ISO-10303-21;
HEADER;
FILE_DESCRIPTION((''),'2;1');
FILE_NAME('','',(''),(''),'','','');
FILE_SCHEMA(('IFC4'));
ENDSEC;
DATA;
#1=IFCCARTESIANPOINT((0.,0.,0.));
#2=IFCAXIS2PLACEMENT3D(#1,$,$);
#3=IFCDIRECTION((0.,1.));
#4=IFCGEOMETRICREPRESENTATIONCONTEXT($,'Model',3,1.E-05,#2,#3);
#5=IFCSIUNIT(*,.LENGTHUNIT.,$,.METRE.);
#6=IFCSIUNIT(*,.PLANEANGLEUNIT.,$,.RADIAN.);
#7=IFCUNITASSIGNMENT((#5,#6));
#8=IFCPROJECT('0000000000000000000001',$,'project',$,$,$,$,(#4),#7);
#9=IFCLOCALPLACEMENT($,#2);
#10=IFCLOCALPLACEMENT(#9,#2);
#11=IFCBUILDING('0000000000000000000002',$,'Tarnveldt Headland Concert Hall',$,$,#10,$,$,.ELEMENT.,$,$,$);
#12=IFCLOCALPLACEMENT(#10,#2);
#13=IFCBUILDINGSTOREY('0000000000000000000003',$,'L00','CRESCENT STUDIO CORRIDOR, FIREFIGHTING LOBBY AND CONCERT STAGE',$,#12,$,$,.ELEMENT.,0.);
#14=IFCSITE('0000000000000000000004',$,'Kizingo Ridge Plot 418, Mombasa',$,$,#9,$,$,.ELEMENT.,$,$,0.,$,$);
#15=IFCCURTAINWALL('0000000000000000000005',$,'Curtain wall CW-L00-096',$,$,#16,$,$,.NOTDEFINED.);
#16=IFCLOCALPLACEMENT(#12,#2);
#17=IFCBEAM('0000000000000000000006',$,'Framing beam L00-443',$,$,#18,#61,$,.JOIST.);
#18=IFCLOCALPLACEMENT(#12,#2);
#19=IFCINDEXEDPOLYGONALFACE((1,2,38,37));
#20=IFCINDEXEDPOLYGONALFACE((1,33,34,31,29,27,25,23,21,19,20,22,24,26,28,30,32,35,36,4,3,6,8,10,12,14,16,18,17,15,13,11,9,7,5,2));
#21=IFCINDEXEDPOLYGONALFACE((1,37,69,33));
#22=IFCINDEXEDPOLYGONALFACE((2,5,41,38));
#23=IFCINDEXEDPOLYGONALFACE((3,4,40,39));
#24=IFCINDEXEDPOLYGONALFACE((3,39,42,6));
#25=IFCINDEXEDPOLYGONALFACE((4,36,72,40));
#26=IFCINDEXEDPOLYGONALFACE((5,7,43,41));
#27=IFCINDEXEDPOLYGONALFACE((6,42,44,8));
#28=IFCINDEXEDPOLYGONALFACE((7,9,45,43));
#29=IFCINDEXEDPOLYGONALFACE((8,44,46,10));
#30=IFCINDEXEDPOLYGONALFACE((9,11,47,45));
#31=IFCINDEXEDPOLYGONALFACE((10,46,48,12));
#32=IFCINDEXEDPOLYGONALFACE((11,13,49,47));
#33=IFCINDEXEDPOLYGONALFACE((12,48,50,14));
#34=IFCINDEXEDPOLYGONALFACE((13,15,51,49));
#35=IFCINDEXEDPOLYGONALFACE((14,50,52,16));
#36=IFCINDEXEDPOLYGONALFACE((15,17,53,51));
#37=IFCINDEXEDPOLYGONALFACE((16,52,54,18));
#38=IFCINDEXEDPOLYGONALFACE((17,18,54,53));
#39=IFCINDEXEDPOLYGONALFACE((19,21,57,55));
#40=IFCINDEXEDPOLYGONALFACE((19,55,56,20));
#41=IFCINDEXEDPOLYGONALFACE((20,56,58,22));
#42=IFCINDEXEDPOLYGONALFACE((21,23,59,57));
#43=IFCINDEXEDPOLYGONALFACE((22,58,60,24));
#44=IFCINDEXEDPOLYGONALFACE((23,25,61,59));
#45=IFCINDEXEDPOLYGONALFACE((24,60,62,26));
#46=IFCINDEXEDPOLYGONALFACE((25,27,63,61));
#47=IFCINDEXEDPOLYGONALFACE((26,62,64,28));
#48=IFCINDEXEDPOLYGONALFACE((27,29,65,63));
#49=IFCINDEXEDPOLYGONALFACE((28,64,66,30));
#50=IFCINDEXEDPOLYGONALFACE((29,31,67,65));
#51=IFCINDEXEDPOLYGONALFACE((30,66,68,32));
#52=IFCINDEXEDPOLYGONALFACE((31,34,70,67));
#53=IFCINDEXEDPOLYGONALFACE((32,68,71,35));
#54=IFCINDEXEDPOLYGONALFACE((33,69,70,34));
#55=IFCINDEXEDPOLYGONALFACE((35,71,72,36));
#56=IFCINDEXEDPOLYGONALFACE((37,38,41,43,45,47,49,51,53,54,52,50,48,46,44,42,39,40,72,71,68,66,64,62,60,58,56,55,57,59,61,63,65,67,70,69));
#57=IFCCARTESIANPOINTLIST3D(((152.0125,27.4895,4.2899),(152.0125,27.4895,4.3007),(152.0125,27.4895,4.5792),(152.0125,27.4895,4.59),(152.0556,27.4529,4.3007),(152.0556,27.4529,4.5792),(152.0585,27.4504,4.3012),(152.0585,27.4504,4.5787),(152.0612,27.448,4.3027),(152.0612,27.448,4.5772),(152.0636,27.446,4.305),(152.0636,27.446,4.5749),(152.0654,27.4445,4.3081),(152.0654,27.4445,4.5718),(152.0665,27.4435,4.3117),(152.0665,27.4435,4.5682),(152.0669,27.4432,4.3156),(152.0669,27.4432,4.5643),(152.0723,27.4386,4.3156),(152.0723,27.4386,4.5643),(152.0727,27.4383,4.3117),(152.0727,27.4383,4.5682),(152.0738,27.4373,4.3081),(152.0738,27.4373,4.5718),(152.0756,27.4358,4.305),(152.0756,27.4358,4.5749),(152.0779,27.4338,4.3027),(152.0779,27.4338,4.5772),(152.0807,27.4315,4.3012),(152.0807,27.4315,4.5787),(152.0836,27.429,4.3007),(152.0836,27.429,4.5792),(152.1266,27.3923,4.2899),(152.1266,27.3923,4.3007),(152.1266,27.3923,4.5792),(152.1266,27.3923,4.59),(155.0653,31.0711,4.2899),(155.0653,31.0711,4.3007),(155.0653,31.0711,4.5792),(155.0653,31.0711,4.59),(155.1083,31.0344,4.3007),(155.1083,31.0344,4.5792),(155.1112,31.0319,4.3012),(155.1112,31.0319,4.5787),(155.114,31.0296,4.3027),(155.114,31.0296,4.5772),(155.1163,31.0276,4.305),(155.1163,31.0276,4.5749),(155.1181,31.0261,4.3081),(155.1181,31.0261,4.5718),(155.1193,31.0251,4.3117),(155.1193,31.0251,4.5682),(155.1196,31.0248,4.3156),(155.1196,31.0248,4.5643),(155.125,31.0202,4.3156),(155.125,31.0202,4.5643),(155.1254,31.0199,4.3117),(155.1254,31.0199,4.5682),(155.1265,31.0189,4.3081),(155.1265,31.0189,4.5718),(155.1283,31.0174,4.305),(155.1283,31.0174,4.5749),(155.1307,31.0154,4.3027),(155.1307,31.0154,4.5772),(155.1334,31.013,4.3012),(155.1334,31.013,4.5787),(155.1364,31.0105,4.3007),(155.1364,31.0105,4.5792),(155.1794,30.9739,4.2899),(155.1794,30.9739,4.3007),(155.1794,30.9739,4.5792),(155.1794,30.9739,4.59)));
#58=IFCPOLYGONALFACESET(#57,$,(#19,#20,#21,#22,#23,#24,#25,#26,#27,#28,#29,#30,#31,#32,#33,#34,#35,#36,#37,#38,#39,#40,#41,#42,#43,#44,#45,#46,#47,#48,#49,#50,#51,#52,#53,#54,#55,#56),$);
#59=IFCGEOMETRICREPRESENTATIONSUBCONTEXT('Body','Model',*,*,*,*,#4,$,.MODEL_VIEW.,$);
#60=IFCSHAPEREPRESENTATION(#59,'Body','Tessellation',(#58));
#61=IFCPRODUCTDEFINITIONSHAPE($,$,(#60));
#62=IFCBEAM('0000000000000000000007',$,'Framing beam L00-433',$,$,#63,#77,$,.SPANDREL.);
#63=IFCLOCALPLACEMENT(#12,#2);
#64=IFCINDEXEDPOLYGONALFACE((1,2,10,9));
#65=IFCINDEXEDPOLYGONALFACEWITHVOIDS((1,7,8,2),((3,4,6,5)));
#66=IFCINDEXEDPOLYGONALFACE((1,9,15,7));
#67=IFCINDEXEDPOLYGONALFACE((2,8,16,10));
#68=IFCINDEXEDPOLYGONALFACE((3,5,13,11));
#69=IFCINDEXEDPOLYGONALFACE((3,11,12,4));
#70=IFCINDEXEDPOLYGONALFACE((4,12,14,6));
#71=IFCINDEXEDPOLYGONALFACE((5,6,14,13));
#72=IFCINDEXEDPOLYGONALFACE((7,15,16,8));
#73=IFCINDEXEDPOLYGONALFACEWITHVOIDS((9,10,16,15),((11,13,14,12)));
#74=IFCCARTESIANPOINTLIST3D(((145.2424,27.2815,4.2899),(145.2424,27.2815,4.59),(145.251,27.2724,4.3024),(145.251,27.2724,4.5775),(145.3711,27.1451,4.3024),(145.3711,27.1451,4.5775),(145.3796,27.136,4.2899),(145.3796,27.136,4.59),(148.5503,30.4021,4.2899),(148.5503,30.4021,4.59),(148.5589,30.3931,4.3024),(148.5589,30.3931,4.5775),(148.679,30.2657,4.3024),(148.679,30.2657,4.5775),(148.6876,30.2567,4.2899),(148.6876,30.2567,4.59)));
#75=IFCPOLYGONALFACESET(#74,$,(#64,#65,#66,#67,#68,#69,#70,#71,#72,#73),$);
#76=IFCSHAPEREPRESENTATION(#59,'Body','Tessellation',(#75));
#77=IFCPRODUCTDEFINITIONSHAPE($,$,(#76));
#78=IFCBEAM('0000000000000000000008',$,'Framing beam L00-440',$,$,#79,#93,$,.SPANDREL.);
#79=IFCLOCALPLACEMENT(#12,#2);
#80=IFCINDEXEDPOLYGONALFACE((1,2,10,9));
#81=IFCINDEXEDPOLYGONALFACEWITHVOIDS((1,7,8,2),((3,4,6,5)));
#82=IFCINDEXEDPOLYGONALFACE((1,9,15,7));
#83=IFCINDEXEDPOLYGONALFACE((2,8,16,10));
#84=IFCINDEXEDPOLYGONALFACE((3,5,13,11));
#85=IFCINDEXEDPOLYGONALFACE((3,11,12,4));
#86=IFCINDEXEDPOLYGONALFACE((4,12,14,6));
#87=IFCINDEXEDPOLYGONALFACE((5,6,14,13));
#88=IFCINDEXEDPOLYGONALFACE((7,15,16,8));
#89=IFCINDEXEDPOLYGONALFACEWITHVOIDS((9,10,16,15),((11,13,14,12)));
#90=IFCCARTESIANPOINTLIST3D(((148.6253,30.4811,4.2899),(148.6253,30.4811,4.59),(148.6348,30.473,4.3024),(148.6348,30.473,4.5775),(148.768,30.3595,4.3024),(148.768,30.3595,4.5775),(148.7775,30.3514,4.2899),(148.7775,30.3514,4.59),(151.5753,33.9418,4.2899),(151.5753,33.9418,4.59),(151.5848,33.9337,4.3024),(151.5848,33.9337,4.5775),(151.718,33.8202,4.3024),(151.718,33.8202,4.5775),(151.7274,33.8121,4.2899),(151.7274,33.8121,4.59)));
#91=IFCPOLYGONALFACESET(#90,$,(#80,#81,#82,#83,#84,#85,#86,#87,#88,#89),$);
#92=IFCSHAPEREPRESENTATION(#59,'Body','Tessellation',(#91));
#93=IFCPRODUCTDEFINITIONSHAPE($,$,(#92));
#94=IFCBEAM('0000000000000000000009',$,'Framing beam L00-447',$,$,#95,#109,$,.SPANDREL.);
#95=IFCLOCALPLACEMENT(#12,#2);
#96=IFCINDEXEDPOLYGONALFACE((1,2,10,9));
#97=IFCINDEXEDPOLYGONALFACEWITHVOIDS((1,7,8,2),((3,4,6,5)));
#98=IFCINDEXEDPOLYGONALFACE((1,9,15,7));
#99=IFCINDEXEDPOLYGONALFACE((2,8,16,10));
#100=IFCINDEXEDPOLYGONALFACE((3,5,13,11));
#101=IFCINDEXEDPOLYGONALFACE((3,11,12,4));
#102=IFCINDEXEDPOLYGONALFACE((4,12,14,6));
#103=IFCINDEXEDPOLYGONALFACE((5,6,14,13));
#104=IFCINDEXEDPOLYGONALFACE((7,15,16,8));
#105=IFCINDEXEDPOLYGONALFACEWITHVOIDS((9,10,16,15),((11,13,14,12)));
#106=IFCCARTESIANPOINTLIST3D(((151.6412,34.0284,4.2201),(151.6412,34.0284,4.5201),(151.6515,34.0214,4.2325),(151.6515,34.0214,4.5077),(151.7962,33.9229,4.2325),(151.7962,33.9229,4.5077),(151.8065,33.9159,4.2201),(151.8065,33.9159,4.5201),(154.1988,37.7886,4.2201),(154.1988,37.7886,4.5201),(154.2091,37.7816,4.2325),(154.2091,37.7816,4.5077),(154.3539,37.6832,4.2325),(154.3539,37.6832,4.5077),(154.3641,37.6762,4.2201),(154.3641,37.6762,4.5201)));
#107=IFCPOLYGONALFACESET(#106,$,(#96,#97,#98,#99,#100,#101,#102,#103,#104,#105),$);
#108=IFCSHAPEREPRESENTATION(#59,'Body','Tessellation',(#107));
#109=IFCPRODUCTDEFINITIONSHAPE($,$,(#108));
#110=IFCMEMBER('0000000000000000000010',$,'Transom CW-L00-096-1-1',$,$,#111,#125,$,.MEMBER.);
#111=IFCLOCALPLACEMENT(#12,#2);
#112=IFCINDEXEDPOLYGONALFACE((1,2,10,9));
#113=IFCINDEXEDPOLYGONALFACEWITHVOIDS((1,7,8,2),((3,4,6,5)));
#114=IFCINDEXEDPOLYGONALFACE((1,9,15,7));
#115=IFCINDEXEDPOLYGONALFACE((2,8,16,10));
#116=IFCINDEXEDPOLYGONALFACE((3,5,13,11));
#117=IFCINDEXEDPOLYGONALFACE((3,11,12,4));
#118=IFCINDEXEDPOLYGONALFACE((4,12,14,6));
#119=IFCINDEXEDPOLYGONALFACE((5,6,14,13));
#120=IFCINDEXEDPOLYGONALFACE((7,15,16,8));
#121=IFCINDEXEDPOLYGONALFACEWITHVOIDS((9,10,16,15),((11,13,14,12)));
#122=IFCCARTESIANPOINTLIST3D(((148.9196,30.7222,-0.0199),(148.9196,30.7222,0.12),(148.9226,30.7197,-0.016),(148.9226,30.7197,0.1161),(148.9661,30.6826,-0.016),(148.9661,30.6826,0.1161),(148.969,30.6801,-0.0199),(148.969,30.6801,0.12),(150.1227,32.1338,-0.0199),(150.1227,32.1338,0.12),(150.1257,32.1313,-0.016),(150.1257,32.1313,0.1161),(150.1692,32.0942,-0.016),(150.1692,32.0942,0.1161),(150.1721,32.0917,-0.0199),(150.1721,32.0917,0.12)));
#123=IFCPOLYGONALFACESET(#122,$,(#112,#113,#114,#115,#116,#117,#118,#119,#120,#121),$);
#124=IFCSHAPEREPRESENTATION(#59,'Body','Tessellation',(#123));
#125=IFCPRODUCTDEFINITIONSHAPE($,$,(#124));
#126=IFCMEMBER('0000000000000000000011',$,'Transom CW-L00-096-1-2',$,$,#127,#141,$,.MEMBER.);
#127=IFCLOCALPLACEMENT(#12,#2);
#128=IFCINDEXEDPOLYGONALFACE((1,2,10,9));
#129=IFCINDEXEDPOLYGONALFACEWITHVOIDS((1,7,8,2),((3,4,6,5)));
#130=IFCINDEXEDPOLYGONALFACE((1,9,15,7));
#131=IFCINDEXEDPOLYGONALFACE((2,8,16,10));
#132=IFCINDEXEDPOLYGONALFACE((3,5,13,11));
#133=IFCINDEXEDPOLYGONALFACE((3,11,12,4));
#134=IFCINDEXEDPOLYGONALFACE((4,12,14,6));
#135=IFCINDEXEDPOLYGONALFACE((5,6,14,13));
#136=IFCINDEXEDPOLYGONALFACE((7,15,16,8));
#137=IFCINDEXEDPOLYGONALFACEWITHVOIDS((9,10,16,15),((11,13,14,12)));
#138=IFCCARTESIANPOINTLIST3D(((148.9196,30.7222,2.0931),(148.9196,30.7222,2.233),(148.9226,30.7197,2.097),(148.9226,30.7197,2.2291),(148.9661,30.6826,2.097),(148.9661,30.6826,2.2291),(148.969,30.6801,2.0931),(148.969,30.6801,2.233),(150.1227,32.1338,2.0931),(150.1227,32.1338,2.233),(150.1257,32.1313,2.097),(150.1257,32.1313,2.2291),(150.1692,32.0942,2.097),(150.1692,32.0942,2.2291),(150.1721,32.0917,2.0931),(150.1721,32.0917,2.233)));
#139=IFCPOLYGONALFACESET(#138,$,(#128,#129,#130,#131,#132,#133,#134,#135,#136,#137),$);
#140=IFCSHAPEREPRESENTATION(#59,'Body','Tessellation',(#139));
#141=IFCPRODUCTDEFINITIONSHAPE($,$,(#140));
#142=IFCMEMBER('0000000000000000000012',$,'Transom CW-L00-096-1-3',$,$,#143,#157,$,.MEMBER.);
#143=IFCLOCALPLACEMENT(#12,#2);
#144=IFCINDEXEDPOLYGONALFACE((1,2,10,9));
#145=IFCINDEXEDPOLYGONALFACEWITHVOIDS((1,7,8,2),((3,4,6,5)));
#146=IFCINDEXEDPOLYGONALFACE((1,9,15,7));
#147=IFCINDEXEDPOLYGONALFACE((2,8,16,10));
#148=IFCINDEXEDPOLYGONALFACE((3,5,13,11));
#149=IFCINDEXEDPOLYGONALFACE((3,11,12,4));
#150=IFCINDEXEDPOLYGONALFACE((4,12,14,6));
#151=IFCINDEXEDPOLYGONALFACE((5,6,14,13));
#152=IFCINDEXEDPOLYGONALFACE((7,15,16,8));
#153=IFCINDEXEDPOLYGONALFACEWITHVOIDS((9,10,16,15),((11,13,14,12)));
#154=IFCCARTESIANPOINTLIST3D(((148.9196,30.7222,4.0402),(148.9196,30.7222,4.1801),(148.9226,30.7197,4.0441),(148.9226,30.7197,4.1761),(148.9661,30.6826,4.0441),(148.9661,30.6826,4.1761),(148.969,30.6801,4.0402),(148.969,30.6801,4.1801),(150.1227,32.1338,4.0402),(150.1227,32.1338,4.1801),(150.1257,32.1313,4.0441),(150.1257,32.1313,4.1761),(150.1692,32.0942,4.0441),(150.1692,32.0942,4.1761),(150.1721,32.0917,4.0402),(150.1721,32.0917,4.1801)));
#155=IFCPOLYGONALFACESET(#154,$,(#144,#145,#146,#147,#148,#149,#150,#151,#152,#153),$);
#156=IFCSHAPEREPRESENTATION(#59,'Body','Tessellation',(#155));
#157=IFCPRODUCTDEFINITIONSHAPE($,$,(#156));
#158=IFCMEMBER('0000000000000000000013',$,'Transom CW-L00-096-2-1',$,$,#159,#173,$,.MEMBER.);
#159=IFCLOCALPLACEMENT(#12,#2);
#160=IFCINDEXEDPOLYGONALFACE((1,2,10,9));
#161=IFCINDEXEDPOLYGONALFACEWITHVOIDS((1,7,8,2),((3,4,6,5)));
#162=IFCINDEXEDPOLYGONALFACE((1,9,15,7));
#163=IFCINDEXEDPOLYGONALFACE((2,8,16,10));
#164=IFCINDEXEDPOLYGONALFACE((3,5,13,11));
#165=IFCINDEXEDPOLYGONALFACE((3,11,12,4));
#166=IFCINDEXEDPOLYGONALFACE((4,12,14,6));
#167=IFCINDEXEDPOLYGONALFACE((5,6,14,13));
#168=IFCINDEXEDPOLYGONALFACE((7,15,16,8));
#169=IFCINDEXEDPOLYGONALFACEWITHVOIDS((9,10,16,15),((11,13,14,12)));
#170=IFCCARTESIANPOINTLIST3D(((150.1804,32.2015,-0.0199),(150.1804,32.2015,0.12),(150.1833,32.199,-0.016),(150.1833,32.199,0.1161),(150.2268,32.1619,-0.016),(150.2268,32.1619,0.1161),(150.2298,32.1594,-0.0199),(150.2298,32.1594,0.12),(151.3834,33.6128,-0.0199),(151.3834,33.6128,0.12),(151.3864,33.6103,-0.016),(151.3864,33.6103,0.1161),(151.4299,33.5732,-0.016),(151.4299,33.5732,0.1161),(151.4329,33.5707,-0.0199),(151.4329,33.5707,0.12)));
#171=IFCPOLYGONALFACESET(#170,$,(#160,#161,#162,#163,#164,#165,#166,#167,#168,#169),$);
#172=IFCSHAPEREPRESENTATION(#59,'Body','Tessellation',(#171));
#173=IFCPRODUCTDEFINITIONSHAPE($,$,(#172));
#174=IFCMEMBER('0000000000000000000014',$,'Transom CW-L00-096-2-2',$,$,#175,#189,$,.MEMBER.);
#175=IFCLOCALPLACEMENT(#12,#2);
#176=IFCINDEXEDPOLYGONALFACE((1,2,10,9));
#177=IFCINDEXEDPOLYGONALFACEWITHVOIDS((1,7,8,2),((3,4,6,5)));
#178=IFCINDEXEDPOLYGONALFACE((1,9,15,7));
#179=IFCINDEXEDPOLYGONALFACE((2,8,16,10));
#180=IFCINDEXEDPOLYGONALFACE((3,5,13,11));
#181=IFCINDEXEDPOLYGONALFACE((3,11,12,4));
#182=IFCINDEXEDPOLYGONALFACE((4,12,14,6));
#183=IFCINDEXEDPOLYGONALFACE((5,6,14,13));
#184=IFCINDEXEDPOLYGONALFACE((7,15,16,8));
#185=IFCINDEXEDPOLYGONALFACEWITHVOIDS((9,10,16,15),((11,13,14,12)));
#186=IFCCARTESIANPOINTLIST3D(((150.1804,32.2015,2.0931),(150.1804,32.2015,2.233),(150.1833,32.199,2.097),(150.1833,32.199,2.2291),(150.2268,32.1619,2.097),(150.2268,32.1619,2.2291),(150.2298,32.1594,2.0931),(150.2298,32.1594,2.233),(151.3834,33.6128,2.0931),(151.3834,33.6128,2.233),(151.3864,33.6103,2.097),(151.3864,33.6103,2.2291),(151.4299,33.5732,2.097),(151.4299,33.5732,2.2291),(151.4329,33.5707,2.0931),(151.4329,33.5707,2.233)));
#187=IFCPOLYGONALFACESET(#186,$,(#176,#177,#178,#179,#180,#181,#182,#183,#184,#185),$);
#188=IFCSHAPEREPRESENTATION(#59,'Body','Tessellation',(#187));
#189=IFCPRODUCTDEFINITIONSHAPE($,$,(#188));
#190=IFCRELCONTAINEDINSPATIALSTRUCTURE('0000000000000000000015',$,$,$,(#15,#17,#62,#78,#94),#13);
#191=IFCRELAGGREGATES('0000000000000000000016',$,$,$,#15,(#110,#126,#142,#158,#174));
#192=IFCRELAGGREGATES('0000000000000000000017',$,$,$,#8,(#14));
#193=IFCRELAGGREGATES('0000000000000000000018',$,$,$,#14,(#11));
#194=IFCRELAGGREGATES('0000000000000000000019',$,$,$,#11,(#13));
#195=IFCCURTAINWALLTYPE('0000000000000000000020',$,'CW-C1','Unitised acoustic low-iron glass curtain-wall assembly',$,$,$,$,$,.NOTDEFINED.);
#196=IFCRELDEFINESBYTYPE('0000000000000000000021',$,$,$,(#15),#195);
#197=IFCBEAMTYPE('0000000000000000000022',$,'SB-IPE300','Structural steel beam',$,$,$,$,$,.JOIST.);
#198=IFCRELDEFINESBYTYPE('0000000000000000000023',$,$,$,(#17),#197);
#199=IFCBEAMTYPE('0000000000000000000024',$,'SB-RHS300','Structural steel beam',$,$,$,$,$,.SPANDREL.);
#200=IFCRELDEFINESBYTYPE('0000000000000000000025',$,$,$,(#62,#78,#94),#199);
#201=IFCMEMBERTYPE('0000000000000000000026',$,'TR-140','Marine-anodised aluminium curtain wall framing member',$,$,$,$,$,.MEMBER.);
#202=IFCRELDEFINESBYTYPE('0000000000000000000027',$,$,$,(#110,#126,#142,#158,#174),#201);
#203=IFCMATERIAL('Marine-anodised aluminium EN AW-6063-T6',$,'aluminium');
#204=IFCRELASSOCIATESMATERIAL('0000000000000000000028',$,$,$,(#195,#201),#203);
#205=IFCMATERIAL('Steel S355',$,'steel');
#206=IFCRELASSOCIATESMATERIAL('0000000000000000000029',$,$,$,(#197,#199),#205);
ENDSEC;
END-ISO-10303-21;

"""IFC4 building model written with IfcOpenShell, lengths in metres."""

from ifc_helpers import new_model, si_unit, direction, frame, origin, origin_2d, place, context, subcontext, project, spatial, hollow_rectangle, i_section, extrude, material, material_profile, profile_set, type_object, element, aggregate, save


model = new_model("IFC4")

# Units and contexts
model_context = context("Model", 3, precision=1e-05, world=origin(), true_north=direction((0.0, 1.0)))
body_context = subcontext(model_context, "Body", "Model", "MODEL_VIEW")
ifc_project = project(units=[si_unit("LENGTHUNIT", "METRE"), si_unit("PLANEANGLEUNIT", "RADIAN")], contexts=[model_context])

# Site, building, storey
site_placement = place(None, origin())
site = spatial("IfcSite", under=ifc_project, at=site_placement, Name="Kizingo Ridge Plot 418, Mombasa", CompositionType="ELEMENT", RefElevation=0.0)
building_placement = place(site_placement, origin())
building = spatial("IfcBuilding", under=site, at=building_placement, Name="Tarnveldt Headland Concert Hall", CompositionType="ELEMENT")
storey_placement = place(building_placement, origin())
storey = spatial("IfcBuildingStorey", under=building, at=storey_placement, Name="L00", Description="CRESCENT STUDIO CORRIDOR, FIREFIGHTING LOBBY AND CONCERT STAGE", CompositionType="ELEMENT", Elevation=0.0)

# Curtain wall
ifc_material_1 = material(Name="Marine-anodised aluminium EN AW-6063-T6", Category="aluminium")
curtain_wall_type = type_object("IfcCurtainWallType", Name="CW-C1", Description="Unitised acoustic low-iron glass curtain-wall assembly", PredefinedType="NOTDEFINED", material=ifc_material_1)
curtain_wall_1_placement = place(storey_placement, origin())
curtain_wall_1 = element("IfcCurtainWall", 1, at=curtain_wall_1_placement, inside=storey, type_object=curtain_wall_type, Name="Curtain wall CW-L00-096", PredefinedType="NOTDEFINED")

# Beams
ifc_material_2 = material(Name="Steel S355", Category="steel")
ifc_material_profile_1 = material_profile(ifc_material_2, i_section(OverallWidth=0.1499, OverallDepth=0.3, WebThickness=0.0071, FlangeThickness=0.0107, FilletRadius=0.0149, at=origin_2d()), Name="IPE300", Category="steel")
ifc_profile_set_1 = profile_set([ifc_material_profile_1], Name="Steel S355")
beam_type_1 = type_object("IfcBeamType", Name="SB-IPE300", Description="Structural steel beam", PredefinedType="JOIST", material=ifc_profile_set_1)
beam_1_placement = place(storey_placement, frame((152.0696, 27.4409, 4.4399), z_axis=(0.648687, 0.761055, 0.0), x_axis=(-0.761055, 0.648687, 0.0)))
element("IfcBeam", 2, at=beam_1_placement, inside=storey, type_object=beam_type_1, Name="Framing beam L00-443", PredefinedType="JOIST", context=body_context, shape_type="SweptSolid", body=[
    extrude(i_section(OverallWidth=0.1499, OverallDepth=0.3, WebThickness=0.0071, FlangeThickness=0.0107, FilletRadius=0.0149, at=origin_2d()), origin(), (0.0, 0.0, 1.0), 4.7061),
])
ifc_material_profile_2 = material_profile(ifc_material_2, hollow_rectangle(XDim=0.2, YDim=0.3, WallThickness=0.0125, at=origin_2d()), Name="RHS 300x200x12.5", Category="steel")
ifc_profile_set_2 = profile_set([ifc_material_profile_2], Name="Steel S355")
beam_type_2 = type_object("IfcBeamType", Name="SB-RHS300", Description="Structural steel beam", PredefinedType="SPANDREL", material=ifc_profile_set_2)
beam_2_placement = place(storey_placement, frame((145.311, 27.2087, 4.4399), z_axis=(0.727396, 0.686218, 0.0), x_axis=(-0.686218, 0.727396, 0.0)))
element("IfcBeam", 3, at=beam_2_placement, inside=storey, type_object=beam_type_2, Name="Framing beam L00-433", PredefinedType="SPANDREL", context=body_context, shape_type="SweptSolid", body=[
    extrude(hollow_rectangle(XDim=0.2, YDim=0.3, WallThickness=0.0125, at=origin_2d()), origin(), (0.0, 0.0, 1.0), 4.5476),
])
beam_3_placement = place(storey_placement, frame((148.7014, 30.4163, 4.4399), z_axis=(0.648715, 0.761031, 0.0), x_axis=(-0.761031, 0.648715, 0.0)))
element("IfcBeam", 4, at=beam_3_placement, inside=storey, type_object=beam_type_2, Name="Framing beam L00-440", PredefinedType="SPANDREL", context=body_context, shape_type="SweptSolid", body=[
    extrude(hollow_rectangle(XDim=0.2, YDim=0.3, WallThickness=0.0125, at=origin_2d()), origin(), (0.0, 0.0, 1.0), 4.5474),
])
beam_4_placement = place(storey_placement, frame((151.7239, 33.9722, 4.3701), z_axis=(0.562407, 0.826861, 0.0), x_axis=(-0.826861, 0.562407, 0.0)))
element("IfcBeam", 5, at=beam_4_placement, inside=storey, type_object=beam_type_2, Name="Framing beam L00-447", PredefinedType="SPANDREL", context=body_context, shape_type="SweptSolid", body=[
    extrude(hollow_rectangle(XDim=0.2, YDim=0.3, WallThickness=0.0125, at=origin_2d()), origin(), (0.0, 0.0, 1.0), 4.5476),
])

# Members
ifc_material_profile_3 = material_profile(ifc_material_1, hollow_rectangle(XDim=0.0649, YDim=0.1399, WallThickness=0.0039, at=origin_2d()), Name="ALU TRANSOM 65x140x4", Category="aluminium")
ifc_profile_set_3 = profile_set([ifc_material_profile_3], Name="Marine-anodised aluminium EN AW-6063-T6")
member_type_1 = type_object("IfcMemberType", Name="TR-140", Description="Marine-anodised aluminium curtain wall framing member", PredefinedType="MEMBER", material=ifc_profile_set_3)
member_1_placement = place(storey_placement, frame((148.9443, 30.7012, 0.05), z_axis=(0.648664, 0.761075, 0.0), x_axis=(-0.761075, 0.648664, 0.0)))
member_1 = element("IfcMember", 6, at=member_1_placement, type_object=member_type_1, Name="Transom CW-L00-096-1-1", PredefinedType="MEMBER", context=body_context, shape_type="SweptSolid", body=[
    extrude(hollow_rectangle(XDim=0.0649, YDim=0.1399, WallThickness=0.0039, at=origin_2d()), origin(), (0.0, 0.0, 1.0), 1.8547),
])
member_2_placement = place(storey_placement, frame((148.9443, 30.7012, 2.1631), z_axis=(0.648664, 0.761075, 0.0), x_axis=(-0.761075, 0.648664, 0.0)))
member_2 = element("IfcMember", 7, at=member_2_placement, type_object=member_type_1, Name="Transom CW-L00-096-1-2", PredefinedType="MEMBER", context=body_context, shape_type="SweptSolid", body=[
    extrude(hollow_rectangle(XDim=0.0649, YDim=0.1399, WallThickness=0.0039, at=origin_2d()), origin(), (0.0, 0.0, 1.0), 1.8547),
])
member_3_placement = place(storey_placement, frame((148.9443, 30.7012, 4.1101), z_axis=(0.648664, 0.761075, 0.0), x_axis=(-0.761075, 0.648664, 0.0)))
member_3 = element("IfcMember", 8, at=member_3_placement, type_object=member_type_1, Name="Transom CW-L00-096-1-3", PredefinedType="MEMBER", context=body_context, shape_type="SweptSolid", body=[
    extrude(hollow_rectangle(XDim=0.0649, YDim=0.1399, WallThickness=0.0039, at=origin_2d()), origin(), (0.0, 0.0, 1.0), 1.8547),
])
member_4_placement = place(storey_placement, frame((150.2051, 32.1804, 0.05), z_axis=(0.648729, 0.761019, 0.0), x_axis=(-0.761019, 0.648729, 0.0)))
member_4 = element("IfcMember", 9, at=member_4_placement, type_object=member_type_1, Name="Transom CW-L00-096-2-1", PredefinedType="MEMBER", context=body_context, shape_type="SweptSolid", body=[
    extrude(hollow_rectangle(XDim=0.0649, YDim=0.1399, WallThickness=0.0039, at=origin_2d()), origin(), (0.0, 0.0, 1.0), 1.8545),
])
member_5_placement = place(storey_placement, frame((150.2051, 32.1804, 2.1631), z_axis=(0.648729, 0.761019, 0.0), x_axis=(-0.761019, 0.648729, 0.0)))
member_5 = element("IfcMember", 10, at=member_5_placement, type_object=member_type_1, Name="Transom CW-L00-096-2-2", PredefinedType="MEMBER", context=body_context, shape_type="SweptSolid", body=[
    extrude(hollow_rectangle(XDim=0.0649, YDim=0.1399, WallThickness=0.0039, at=origin_2d()), origin(), (0.0, 0.0, 1.0), 1.8545),
])

aggregate(curtain_wall_1, [member_1, member_2, member_3, member_4, member_5])

save(model, "model.ifc")
